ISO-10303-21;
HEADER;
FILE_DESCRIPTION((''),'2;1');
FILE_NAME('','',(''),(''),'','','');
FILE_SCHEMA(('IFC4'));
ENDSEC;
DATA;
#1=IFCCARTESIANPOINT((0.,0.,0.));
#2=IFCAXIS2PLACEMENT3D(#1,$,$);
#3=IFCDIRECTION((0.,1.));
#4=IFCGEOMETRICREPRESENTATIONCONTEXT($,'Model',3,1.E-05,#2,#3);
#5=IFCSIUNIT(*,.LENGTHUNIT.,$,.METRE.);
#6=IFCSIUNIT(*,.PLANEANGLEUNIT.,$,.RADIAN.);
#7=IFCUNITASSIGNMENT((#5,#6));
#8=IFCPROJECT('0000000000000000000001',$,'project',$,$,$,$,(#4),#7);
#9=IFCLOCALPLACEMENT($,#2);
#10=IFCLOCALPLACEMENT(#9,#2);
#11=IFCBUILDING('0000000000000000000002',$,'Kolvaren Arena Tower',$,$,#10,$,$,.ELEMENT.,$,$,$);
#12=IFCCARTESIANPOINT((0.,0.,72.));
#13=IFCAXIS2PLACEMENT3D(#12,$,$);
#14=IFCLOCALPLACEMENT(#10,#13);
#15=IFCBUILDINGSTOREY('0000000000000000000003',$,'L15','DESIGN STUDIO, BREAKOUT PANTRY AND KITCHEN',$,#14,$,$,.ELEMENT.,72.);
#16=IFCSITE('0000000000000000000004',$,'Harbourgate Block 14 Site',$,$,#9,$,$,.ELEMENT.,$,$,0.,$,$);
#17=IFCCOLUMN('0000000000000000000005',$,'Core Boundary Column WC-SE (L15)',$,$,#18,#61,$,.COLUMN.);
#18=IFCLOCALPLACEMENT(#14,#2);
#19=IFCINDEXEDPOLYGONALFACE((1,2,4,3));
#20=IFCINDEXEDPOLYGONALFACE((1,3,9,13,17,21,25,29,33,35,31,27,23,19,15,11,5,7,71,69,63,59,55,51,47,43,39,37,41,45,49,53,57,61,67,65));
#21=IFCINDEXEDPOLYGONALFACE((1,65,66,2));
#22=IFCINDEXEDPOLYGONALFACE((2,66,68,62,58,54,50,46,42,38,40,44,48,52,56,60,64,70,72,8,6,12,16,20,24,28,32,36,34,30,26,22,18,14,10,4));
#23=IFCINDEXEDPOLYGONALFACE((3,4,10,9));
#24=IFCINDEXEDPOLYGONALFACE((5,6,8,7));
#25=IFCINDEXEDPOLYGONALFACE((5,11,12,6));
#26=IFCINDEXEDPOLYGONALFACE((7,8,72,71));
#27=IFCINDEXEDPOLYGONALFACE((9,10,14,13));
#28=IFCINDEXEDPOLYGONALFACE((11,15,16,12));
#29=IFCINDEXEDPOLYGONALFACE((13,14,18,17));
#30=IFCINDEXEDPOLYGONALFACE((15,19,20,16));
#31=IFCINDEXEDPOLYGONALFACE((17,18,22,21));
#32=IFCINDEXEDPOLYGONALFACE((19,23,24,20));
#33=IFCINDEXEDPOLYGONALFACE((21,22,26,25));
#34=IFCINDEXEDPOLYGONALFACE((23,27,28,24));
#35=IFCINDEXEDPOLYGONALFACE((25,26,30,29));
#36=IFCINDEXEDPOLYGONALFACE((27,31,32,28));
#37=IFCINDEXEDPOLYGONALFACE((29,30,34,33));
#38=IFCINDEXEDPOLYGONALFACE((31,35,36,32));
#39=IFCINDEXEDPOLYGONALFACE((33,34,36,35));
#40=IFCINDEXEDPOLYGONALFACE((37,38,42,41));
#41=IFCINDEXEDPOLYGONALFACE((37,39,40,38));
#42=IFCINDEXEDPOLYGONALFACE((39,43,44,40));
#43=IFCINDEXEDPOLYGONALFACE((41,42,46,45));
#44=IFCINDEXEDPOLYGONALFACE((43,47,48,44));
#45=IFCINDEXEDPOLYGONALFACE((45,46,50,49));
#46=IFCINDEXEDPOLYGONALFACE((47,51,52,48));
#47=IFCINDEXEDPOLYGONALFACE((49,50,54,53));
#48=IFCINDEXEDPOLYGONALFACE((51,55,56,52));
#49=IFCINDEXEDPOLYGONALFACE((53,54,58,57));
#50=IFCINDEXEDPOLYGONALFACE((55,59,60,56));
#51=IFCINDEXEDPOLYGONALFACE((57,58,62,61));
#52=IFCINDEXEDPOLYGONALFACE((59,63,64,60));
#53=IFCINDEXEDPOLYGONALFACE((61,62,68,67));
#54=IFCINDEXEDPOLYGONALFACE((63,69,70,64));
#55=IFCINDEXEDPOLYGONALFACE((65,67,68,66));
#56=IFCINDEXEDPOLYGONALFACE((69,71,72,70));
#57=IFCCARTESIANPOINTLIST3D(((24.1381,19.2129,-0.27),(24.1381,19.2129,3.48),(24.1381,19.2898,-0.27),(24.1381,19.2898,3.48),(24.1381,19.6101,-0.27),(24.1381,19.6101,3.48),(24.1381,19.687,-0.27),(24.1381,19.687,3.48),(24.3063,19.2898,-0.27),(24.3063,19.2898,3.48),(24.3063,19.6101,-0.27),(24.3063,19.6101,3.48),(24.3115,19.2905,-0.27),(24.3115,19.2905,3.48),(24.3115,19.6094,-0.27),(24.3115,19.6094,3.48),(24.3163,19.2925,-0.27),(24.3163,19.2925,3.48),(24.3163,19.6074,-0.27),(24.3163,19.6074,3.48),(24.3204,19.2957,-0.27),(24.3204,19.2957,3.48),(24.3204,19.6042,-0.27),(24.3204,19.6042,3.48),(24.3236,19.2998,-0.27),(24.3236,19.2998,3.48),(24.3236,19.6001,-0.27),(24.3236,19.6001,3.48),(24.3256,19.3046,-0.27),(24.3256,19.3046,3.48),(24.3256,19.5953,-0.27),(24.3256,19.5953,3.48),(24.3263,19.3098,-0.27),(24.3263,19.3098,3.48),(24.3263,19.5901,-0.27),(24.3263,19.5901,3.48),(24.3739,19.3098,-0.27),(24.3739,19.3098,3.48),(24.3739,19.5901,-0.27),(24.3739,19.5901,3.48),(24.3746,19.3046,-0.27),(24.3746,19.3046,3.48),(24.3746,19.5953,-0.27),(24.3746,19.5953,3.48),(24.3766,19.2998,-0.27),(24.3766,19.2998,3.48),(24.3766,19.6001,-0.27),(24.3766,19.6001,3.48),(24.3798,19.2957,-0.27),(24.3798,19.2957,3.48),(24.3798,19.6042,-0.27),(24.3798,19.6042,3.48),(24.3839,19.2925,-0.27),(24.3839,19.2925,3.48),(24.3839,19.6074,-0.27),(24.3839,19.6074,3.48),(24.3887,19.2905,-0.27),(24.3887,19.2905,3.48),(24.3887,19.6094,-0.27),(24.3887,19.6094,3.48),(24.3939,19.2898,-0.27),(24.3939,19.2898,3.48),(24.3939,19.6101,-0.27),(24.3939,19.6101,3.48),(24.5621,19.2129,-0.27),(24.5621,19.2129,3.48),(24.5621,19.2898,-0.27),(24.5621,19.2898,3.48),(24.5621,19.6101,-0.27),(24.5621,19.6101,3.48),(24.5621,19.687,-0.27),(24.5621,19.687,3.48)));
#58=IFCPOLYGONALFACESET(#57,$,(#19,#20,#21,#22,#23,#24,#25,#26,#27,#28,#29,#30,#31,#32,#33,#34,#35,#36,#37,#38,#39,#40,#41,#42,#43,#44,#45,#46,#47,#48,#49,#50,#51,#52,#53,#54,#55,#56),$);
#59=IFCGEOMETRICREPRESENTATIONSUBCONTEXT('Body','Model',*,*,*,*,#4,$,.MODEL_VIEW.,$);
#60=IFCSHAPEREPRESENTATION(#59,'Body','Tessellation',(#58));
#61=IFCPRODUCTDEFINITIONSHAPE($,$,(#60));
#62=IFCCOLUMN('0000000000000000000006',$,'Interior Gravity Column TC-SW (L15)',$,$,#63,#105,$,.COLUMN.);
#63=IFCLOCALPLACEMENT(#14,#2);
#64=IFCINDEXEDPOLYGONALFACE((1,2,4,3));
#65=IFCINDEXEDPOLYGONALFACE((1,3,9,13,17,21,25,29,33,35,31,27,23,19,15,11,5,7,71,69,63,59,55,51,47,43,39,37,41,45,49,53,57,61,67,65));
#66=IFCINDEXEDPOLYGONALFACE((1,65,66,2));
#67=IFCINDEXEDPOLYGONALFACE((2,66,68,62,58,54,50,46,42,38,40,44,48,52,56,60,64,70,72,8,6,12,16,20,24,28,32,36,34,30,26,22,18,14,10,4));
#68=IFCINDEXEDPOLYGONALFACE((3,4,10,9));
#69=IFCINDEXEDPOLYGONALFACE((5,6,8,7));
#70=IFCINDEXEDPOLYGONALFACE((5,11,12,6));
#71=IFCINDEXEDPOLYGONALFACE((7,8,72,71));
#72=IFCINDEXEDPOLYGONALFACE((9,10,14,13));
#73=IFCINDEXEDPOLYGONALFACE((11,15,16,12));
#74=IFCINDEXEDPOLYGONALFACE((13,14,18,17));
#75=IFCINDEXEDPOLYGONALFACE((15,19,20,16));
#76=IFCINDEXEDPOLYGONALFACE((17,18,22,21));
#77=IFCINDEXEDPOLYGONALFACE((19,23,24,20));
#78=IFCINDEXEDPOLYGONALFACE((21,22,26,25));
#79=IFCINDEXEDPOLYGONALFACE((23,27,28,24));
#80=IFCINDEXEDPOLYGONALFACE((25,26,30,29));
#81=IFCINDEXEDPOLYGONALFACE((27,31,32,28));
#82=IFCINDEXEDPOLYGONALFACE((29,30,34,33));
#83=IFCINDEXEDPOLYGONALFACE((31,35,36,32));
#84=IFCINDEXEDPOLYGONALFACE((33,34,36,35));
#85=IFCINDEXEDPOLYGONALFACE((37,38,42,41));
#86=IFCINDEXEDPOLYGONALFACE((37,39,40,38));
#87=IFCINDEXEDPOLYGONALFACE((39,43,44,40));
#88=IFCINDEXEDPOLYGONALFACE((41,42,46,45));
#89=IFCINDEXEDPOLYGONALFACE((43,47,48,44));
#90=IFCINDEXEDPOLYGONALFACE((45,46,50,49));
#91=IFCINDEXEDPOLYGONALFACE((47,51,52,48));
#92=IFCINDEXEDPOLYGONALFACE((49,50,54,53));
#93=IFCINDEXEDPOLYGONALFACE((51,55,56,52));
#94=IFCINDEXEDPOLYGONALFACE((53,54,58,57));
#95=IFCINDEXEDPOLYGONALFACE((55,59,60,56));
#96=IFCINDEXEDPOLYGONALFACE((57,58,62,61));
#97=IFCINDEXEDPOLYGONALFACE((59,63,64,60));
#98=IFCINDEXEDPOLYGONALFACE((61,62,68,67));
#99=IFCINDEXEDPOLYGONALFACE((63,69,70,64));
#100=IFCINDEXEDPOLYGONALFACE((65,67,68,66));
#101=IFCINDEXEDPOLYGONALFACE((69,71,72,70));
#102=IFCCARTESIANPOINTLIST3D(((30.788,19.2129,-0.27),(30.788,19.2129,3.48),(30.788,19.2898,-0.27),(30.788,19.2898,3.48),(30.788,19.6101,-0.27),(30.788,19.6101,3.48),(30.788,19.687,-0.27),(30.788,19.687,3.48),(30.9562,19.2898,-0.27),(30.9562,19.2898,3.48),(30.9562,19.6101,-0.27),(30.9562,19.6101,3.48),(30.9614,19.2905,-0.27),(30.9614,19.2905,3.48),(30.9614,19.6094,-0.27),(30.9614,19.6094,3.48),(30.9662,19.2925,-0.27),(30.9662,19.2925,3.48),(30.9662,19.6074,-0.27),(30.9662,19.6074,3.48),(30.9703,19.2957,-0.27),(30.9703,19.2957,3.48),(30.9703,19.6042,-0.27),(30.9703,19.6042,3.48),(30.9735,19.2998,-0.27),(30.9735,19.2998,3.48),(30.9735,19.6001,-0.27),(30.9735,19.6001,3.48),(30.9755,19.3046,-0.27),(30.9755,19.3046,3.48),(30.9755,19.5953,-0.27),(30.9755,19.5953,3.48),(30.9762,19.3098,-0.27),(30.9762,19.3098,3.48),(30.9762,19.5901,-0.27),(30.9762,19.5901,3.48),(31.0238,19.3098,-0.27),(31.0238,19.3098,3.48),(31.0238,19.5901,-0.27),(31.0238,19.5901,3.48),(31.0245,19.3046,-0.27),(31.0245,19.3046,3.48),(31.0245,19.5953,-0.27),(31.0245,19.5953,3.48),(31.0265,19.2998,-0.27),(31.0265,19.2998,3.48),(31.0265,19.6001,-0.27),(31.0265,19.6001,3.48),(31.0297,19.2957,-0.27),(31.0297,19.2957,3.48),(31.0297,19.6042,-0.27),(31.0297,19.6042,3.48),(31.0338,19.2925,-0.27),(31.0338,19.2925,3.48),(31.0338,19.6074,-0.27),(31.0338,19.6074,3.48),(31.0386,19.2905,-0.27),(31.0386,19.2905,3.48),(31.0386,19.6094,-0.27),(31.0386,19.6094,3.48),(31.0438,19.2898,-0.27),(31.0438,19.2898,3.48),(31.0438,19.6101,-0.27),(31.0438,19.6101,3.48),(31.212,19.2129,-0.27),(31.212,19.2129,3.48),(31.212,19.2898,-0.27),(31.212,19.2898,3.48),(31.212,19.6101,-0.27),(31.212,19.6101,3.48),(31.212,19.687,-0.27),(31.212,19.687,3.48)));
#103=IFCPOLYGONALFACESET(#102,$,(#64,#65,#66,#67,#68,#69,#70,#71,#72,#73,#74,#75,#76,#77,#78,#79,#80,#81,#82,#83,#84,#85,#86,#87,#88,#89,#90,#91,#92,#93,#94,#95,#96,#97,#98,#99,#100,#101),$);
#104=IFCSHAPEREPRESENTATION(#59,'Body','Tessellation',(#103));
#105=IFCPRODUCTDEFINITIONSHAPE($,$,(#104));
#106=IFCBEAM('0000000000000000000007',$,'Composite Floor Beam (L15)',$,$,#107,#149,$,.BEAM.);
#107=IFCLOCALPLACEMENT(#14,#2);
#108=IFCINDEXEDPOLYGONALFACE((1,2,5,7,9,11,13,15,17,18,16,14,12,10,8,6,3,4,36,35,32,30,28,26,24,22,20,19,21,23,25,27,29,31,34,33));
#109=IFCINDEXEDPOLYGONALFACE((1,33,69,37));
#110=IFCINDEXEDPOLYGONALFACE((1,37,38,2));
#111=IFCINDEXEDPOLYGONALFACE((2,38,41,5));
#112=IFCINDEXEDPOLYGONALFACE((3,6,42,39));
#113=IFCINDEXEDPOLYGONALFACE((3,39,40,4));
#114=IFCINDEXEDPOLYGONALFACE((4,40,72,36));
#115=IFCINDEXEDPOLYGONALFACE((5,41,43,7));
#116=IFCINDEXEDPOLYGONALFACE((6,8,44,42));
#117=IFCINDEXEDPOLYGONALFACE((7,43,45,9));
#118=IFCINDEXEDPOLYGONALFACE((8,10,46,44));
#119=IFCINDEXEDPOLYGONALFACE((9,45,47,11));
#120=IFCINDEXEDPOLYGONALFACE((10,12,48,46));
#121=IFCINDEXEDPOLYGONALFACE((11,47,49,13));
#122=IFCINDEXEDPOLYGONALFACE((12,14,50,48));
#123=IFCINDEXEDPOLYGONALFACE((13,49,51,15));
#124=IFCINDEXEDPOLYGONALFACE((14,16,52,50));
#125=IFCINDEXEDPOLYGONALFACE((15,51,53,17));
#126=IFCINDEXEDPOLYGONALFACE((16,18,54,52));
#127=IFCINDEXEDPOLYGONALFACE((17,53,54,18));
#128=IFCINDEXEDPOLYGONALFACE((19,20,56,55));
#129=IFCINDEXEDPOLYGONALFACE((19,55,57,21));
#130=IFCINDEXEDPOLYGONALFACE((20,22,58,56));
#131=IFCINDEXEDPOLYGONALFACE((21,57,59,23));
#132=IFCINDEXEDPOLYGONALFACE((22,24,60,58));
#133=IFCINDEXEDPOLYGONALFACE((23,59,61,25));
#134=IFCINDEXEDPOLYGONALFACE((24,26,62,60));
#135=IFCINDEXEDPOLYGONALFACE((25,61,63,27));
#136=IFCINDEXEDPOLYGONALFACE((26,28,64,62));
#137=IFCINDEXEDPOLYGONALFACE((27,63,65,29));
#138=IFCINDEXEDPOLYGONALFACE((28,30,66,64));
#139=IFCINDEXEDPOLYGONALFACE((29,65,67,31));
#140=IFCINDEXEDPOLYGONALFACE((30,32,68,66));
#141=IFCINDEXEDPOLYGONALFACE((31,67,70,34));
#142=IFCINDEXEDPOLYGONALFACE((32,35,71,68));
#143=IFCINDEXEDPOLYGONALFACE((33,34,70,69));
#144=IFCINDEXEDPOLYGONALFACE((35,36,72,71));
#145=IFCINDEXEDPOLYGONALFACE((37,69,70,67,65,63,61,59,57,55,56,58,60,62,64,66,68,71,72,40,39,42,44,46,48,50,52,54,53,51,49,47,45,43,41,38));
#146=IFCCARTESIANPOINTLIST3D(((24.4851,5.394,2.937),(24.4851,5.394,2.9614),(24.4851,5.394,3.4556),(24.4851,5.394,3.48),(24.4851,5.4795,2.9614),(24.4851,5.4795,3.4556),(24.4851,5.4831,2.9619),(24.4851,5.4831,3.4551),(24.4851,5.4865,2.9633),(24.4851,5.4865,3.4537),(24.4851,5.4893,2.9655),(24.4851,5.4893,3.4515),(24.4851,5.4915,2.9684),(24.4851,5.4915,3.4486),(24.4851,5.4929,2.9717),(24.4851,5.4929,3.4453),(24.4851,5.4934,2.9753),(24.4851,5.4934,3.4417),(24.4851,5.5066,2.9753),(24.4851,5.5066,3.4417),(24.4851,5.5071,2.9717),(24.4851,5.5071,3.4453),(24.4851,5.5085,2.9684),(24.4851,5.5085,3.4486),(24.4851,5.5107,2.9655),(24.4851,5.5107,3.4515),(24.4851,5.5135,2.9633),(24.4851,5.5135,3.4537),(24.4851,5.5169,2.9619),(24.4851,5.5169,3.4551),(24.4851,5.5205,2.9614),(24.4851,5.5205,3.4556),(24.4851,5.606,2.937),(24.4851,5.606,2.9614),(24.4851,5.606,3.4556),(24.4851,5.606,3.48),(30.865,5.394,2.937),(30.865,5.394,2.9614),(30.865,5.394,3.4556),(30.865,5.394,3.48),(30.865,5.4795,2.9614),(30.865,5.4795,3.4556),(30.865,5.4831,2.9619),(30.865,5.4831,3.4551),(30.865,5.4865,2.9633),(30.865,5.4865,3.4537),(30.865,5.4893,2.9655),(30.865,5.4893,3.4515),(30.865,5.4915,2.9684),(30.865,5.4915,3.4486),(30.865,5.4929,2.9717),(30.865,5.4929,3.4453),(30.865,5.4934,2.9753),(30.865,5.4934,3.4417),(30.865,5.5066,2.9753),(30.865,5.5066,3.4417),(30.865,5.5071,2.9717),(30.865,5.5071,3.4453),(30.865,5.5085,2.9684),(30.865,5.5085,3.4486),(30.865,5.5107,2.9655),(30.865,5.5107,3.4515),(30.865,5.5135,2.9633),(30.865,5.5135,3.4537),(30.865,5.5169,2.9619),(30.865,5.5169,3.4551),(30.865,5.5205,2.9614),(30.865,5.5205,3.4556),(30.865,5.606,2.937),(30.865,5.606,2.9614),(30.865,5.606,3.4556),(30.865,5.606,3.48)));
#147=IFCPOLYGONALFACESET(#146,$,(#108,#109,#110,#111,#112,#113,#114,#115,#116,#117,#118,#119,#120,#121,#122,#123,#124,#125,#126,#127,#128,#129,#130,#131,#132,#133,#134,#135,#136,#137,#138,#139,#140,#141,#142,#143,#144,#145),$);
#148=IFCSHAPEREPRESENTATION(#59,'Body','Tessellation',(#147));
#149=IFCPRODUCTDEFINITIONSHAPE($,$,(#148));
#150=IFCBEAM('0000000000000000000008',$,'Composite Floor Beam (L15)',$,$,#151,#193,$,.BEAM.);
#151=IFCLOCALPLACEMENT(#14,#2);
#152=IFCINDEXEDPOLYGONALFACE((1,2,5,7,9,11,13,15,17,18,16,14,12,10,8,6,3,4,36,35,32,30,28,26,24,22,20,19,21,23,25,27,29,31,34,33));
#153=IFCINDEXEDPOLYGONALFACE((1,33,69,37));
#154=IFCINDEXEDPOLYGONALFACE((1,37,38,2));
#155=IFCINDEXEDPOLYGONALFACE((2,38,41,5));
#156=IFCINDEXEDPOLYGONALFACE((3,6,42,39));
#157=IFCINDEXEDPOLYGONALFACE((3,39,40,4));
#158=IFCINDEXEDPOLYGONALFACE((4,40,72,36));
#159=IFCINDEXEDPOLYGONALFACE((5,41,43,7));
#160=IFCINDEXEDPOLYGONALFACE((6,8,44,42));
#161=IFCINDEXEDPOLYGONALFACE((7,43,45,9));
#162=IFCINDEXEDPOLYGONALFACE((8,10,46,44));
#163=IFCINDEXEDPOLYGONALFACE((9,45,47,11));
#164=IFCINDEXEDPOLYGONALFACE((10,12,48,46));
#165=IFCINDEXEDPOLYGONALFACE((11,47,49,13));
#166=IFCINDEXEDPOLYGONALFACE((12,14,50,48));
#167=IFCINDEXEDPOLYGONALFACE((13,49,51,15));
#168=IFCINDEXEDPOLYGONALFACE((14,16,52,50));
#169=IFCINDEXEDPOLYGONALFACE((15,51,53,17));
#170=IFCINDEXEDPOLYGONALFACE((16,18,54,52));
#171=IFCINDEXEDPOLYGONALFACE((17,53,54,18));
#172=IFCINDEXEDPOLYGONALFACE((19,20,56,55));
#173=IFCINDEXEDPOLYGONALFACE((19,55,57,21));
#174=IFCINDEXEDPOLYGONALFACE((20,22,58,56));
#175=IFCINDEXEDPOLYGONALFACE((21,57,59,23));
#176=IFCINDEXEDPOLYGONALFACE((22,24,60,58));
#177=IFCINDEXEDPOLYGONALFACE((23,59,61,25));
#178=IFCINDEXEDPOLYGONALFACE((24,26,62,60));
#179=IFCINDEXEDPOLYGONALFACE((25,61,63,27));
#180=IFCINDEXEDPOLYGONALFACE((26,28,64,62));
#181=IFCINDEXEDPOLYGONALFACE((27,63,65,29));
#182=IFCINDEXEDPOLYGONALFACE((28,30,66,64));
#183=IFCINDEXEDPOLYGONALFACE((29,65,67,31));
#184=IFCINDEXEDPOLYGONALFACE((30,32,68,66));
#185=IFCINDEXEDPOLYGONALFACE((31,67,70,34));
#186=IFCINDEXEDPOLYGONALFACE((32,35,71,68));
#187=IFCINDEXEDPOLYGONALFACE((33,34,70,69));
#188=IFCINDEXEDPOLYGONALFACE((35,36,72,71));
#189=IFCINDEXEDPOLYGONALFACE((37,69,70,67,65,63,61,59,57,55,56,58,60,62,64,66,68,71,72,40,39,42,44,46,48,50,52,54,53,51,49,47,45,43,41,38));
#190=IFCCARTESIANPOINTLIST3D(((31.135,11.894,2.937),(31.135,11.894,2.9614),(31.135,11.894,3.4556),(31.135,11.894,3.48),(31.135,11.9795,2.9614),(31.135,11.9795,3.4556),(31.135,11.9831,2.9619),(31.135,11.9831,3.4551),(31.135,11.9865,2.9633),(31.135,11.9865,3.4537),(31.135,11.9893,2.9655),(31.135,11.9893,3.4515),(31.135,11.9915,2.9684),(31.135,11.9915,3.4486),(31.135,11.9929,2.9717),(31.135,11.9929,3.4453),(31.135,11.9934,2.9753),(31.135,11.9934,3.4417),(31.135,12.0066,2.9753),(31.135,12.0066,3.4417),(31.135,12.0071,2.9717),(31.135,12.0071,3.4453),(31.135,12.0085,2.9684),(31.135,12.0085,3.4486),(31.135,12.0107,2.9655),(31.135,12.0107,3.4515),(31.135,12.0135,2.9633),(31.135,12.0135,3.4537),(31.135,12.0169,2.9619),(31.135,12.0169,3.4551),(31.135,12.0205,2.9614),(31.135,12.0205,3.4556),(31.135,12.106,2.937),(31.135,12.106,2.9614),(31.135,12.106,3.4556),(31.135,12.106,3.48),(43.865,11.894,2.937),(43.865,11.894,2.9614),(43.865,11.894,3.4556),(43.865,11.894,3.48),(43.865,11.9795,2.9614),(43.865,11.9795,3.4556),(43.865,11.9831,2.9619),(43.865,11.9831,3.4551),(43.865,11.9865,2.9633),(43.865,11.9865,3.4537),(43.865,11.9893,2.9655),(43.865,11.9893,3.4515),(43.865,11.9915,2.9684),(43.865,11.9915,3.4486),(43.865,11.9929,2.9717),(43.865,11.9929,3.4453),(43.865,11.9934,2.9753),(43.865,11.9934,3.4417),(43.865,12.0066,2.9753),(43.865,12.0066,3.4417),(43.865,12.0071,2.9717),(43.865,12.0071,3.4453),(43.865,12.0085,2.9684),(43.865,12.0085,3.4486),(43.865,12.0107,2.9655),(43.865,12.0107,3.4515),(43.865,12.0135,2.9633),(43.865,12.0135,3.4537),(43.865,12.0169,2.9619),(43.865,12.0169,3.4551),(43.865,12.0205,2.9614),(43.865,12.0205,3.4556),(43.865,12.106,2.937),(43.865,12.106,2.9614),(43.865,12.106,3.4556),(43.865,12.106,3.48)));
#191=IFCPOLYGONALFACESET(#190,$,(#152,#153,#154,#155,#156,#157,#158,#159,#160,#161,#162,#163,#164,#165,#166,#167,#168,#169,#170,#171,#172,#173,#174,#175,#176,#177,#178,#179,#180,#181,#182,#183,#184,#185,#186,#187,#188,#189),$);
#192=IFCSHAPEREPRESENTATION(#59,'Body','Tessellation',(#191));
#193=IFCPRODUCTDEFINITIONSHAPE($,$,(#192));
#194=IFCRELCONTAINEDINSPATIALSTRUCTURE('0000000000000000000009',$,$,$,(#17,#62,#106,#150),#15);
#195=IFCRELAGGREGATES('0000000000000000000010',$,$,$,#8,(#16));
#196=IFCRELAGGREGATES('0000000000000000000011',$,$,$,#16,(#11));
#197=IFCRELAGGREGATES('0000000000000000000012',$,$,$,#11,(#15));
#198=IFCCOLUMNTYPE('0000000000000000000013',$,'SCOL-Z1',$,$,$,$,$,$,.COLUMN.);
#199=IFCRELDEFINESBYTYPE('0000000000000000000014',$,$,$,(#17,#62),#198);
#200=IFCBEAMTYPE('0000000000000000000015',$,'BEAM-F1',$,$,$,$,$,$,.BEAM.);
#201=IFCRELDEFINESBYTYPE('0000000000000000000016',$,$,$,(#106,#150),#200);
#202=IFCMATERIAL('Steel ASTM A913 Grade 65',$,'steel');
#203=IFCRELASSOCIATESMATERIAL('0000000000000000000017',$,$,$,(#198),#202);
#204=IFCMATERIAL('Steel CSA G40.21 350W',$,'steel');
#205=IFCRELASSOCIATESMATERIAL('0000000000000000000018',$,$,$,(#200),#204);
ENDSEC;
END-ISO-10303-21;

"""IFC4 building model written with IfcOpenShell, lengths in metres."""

from ifc_helpers import new_model, si_unit, direction, frame, origin, origin_2d, place, context, subcontext, project, spatial, i_section, extrude, material, material_profile, profile_set, type_object, element, save


model = new_model("IFC4")

# Units and contexts
model_context = context("Model", 3, precision=1e-05, world=origin(), true_north=direction((0.0, 1.0)))
body_context = subcontext(model_context, "Body", "Model", "MODEL_VIEW")
ifc_project = project(units=[si_unit("LENGTHUNIT", "METRE"), si_unit("PLANEANGLEUNIT", "RADIAN")], contexts=[model_context])

# Site, building, storey
site_placement = place(None, origin())
site = spatial("IfcSite", under=ifc_project, at=site_placement, Name="Harbourgate Block 14 Site", CompositionType="ELEMENT", RefElevation=0.0)
building_placement = place(site_placement, origin())
building = spatial("IfcBuilding", under=site, at=building_placement, Name="Kolvaren Arena Tower", CompositionType="ELEMENT")
storey_placement = place(building_placement, frame((0.0, 0.0, 72.0)))
storey = spatial("IfcBuildingStorey", under=building, at=storey_placement, Name="L15", Description="DESIGN STUDIO, BREAKOUT PANTRY AND KITCHEN", CompositionType="ELEMENT", Elevation=72.0)

# Columns
ifc_material_1 = material(Name="Steel ASTM A913 Grade 65", Category="steel")
ifc_material_profile_1 = material_profile(ifc_material_1, i_section(OverallWidth=0.4241, OverallDepth=0.4741, WebThickness=0.0476, FlangeThickness=0.0769, FilletRadius=0.02, at=origin_2d()), Name="W360x634")
ifc_profile_set_1 = profile_set([ifc_material_profile_1], Name="Steel ASTM A913 Grade 65")
column_type = type_object("IfcColumnType", Name="SCOL-Z1", PredefinedType="COLUMN", material=ifc_profile_set_1)
for number, where, z_axis, x_axis, name in (
    (1, (24.3501, 19.45, -0.27), (0.0, 0.0, 1.0), (1.0, 0.0, 0.0), "Core Boundary Column WC-SE (L15)"),
    (2, (31.0, 19.45, -0.27), (0.0, 0.0, 1.0), (1.0, 0.0, 0.0), "Interior Gravity Column TC-SW (L15)"),
):
    element("IfcColumn", number, at=place(storey_placement, frame(where, z_axis=z_axis, x_axis=x_axis)), inside=storey, type_object=column_type, Name=name, PredefinedType="COLUMN", context=body_context, shape_type="SweptSolid", body=[
        extrude(i_section(OverallWidth=0.4241, OverallDepth=0.4741, WebThickness=0.0476, FlangeThickness=0.0769, FilletRadius=0.02, at=origin_2d()), origin(), (0.0, 0.0, 1.0), 3.75),
    ])

# Beams
ifc_material_2 = material(Name="Steel CSA G40.21 350W", Category="steel")
ifc_material_profile_2 = material_profile(ifc_material_2, i_section(OverallWidth=0.2119, OverallDepth=0.543, WebThickness=0.0132, FlangeThickness=0.0244, FilletRadius=0.0139, at=origin_2d()), Name="W530x150")
ifc_profile_set_2 = profile_set([ifc_material_profile_2], Name="Steel CSA G40.21 350W")
beam_type_1 = type_object("IfcBeamType", Name="BEAM-F1", PredefinedType="BEAM", material=ifc_profile_set_2)
beam_1_placement = place(storey_placement, frame((24.4851, 5.5, 3.2085), z_axis=(1.0, 0.0, 0.0), x_axis=(0.0, 1.0, 0.0)))
element("IfcBeam", 3, at=beam_1_placement, inside=storey, type_object=beam_type_1, Name="Composite Floor Beam (L15)", PredefinedType="BEAM", context=body_context, shape_type="SweptSolid", body=[
    extrude(i_section(OverallWidth=0.2119, OverallDepth=0.543, WebThickness=0.0132, FlangeThickness=0.0244, FilletRadius=0.0139, at=origin_2d()), origin(), (0.0, 0.0, 1.0), 6.3799),
])
beam_2_placement = place(storey_placement, frame((31.135, 12.0, 3.2085), z_axis=(1.0, 0.0, 0.0), x_axis=(0.0, 1.0, 0.0)))
element("IfcBeam", 4, at=beam_2_placement, inside=storey, type_object=beam_type_1, Name="Composite Floor Beam (L15)", PredefinedType="BEAM", context=body_context, shape_type="SweptSolid", body=[
    extrude(i_section(OverallWidth=0.2119, OverallDepth=0.543, WebThickness=0.0132, FlangeThickness=0.0244, FilletRadius=0.0139, at=origin_2d()), origin(), (0.0, 0.0, 1.0), 12.73),
])

save(model, "model.ifc")
